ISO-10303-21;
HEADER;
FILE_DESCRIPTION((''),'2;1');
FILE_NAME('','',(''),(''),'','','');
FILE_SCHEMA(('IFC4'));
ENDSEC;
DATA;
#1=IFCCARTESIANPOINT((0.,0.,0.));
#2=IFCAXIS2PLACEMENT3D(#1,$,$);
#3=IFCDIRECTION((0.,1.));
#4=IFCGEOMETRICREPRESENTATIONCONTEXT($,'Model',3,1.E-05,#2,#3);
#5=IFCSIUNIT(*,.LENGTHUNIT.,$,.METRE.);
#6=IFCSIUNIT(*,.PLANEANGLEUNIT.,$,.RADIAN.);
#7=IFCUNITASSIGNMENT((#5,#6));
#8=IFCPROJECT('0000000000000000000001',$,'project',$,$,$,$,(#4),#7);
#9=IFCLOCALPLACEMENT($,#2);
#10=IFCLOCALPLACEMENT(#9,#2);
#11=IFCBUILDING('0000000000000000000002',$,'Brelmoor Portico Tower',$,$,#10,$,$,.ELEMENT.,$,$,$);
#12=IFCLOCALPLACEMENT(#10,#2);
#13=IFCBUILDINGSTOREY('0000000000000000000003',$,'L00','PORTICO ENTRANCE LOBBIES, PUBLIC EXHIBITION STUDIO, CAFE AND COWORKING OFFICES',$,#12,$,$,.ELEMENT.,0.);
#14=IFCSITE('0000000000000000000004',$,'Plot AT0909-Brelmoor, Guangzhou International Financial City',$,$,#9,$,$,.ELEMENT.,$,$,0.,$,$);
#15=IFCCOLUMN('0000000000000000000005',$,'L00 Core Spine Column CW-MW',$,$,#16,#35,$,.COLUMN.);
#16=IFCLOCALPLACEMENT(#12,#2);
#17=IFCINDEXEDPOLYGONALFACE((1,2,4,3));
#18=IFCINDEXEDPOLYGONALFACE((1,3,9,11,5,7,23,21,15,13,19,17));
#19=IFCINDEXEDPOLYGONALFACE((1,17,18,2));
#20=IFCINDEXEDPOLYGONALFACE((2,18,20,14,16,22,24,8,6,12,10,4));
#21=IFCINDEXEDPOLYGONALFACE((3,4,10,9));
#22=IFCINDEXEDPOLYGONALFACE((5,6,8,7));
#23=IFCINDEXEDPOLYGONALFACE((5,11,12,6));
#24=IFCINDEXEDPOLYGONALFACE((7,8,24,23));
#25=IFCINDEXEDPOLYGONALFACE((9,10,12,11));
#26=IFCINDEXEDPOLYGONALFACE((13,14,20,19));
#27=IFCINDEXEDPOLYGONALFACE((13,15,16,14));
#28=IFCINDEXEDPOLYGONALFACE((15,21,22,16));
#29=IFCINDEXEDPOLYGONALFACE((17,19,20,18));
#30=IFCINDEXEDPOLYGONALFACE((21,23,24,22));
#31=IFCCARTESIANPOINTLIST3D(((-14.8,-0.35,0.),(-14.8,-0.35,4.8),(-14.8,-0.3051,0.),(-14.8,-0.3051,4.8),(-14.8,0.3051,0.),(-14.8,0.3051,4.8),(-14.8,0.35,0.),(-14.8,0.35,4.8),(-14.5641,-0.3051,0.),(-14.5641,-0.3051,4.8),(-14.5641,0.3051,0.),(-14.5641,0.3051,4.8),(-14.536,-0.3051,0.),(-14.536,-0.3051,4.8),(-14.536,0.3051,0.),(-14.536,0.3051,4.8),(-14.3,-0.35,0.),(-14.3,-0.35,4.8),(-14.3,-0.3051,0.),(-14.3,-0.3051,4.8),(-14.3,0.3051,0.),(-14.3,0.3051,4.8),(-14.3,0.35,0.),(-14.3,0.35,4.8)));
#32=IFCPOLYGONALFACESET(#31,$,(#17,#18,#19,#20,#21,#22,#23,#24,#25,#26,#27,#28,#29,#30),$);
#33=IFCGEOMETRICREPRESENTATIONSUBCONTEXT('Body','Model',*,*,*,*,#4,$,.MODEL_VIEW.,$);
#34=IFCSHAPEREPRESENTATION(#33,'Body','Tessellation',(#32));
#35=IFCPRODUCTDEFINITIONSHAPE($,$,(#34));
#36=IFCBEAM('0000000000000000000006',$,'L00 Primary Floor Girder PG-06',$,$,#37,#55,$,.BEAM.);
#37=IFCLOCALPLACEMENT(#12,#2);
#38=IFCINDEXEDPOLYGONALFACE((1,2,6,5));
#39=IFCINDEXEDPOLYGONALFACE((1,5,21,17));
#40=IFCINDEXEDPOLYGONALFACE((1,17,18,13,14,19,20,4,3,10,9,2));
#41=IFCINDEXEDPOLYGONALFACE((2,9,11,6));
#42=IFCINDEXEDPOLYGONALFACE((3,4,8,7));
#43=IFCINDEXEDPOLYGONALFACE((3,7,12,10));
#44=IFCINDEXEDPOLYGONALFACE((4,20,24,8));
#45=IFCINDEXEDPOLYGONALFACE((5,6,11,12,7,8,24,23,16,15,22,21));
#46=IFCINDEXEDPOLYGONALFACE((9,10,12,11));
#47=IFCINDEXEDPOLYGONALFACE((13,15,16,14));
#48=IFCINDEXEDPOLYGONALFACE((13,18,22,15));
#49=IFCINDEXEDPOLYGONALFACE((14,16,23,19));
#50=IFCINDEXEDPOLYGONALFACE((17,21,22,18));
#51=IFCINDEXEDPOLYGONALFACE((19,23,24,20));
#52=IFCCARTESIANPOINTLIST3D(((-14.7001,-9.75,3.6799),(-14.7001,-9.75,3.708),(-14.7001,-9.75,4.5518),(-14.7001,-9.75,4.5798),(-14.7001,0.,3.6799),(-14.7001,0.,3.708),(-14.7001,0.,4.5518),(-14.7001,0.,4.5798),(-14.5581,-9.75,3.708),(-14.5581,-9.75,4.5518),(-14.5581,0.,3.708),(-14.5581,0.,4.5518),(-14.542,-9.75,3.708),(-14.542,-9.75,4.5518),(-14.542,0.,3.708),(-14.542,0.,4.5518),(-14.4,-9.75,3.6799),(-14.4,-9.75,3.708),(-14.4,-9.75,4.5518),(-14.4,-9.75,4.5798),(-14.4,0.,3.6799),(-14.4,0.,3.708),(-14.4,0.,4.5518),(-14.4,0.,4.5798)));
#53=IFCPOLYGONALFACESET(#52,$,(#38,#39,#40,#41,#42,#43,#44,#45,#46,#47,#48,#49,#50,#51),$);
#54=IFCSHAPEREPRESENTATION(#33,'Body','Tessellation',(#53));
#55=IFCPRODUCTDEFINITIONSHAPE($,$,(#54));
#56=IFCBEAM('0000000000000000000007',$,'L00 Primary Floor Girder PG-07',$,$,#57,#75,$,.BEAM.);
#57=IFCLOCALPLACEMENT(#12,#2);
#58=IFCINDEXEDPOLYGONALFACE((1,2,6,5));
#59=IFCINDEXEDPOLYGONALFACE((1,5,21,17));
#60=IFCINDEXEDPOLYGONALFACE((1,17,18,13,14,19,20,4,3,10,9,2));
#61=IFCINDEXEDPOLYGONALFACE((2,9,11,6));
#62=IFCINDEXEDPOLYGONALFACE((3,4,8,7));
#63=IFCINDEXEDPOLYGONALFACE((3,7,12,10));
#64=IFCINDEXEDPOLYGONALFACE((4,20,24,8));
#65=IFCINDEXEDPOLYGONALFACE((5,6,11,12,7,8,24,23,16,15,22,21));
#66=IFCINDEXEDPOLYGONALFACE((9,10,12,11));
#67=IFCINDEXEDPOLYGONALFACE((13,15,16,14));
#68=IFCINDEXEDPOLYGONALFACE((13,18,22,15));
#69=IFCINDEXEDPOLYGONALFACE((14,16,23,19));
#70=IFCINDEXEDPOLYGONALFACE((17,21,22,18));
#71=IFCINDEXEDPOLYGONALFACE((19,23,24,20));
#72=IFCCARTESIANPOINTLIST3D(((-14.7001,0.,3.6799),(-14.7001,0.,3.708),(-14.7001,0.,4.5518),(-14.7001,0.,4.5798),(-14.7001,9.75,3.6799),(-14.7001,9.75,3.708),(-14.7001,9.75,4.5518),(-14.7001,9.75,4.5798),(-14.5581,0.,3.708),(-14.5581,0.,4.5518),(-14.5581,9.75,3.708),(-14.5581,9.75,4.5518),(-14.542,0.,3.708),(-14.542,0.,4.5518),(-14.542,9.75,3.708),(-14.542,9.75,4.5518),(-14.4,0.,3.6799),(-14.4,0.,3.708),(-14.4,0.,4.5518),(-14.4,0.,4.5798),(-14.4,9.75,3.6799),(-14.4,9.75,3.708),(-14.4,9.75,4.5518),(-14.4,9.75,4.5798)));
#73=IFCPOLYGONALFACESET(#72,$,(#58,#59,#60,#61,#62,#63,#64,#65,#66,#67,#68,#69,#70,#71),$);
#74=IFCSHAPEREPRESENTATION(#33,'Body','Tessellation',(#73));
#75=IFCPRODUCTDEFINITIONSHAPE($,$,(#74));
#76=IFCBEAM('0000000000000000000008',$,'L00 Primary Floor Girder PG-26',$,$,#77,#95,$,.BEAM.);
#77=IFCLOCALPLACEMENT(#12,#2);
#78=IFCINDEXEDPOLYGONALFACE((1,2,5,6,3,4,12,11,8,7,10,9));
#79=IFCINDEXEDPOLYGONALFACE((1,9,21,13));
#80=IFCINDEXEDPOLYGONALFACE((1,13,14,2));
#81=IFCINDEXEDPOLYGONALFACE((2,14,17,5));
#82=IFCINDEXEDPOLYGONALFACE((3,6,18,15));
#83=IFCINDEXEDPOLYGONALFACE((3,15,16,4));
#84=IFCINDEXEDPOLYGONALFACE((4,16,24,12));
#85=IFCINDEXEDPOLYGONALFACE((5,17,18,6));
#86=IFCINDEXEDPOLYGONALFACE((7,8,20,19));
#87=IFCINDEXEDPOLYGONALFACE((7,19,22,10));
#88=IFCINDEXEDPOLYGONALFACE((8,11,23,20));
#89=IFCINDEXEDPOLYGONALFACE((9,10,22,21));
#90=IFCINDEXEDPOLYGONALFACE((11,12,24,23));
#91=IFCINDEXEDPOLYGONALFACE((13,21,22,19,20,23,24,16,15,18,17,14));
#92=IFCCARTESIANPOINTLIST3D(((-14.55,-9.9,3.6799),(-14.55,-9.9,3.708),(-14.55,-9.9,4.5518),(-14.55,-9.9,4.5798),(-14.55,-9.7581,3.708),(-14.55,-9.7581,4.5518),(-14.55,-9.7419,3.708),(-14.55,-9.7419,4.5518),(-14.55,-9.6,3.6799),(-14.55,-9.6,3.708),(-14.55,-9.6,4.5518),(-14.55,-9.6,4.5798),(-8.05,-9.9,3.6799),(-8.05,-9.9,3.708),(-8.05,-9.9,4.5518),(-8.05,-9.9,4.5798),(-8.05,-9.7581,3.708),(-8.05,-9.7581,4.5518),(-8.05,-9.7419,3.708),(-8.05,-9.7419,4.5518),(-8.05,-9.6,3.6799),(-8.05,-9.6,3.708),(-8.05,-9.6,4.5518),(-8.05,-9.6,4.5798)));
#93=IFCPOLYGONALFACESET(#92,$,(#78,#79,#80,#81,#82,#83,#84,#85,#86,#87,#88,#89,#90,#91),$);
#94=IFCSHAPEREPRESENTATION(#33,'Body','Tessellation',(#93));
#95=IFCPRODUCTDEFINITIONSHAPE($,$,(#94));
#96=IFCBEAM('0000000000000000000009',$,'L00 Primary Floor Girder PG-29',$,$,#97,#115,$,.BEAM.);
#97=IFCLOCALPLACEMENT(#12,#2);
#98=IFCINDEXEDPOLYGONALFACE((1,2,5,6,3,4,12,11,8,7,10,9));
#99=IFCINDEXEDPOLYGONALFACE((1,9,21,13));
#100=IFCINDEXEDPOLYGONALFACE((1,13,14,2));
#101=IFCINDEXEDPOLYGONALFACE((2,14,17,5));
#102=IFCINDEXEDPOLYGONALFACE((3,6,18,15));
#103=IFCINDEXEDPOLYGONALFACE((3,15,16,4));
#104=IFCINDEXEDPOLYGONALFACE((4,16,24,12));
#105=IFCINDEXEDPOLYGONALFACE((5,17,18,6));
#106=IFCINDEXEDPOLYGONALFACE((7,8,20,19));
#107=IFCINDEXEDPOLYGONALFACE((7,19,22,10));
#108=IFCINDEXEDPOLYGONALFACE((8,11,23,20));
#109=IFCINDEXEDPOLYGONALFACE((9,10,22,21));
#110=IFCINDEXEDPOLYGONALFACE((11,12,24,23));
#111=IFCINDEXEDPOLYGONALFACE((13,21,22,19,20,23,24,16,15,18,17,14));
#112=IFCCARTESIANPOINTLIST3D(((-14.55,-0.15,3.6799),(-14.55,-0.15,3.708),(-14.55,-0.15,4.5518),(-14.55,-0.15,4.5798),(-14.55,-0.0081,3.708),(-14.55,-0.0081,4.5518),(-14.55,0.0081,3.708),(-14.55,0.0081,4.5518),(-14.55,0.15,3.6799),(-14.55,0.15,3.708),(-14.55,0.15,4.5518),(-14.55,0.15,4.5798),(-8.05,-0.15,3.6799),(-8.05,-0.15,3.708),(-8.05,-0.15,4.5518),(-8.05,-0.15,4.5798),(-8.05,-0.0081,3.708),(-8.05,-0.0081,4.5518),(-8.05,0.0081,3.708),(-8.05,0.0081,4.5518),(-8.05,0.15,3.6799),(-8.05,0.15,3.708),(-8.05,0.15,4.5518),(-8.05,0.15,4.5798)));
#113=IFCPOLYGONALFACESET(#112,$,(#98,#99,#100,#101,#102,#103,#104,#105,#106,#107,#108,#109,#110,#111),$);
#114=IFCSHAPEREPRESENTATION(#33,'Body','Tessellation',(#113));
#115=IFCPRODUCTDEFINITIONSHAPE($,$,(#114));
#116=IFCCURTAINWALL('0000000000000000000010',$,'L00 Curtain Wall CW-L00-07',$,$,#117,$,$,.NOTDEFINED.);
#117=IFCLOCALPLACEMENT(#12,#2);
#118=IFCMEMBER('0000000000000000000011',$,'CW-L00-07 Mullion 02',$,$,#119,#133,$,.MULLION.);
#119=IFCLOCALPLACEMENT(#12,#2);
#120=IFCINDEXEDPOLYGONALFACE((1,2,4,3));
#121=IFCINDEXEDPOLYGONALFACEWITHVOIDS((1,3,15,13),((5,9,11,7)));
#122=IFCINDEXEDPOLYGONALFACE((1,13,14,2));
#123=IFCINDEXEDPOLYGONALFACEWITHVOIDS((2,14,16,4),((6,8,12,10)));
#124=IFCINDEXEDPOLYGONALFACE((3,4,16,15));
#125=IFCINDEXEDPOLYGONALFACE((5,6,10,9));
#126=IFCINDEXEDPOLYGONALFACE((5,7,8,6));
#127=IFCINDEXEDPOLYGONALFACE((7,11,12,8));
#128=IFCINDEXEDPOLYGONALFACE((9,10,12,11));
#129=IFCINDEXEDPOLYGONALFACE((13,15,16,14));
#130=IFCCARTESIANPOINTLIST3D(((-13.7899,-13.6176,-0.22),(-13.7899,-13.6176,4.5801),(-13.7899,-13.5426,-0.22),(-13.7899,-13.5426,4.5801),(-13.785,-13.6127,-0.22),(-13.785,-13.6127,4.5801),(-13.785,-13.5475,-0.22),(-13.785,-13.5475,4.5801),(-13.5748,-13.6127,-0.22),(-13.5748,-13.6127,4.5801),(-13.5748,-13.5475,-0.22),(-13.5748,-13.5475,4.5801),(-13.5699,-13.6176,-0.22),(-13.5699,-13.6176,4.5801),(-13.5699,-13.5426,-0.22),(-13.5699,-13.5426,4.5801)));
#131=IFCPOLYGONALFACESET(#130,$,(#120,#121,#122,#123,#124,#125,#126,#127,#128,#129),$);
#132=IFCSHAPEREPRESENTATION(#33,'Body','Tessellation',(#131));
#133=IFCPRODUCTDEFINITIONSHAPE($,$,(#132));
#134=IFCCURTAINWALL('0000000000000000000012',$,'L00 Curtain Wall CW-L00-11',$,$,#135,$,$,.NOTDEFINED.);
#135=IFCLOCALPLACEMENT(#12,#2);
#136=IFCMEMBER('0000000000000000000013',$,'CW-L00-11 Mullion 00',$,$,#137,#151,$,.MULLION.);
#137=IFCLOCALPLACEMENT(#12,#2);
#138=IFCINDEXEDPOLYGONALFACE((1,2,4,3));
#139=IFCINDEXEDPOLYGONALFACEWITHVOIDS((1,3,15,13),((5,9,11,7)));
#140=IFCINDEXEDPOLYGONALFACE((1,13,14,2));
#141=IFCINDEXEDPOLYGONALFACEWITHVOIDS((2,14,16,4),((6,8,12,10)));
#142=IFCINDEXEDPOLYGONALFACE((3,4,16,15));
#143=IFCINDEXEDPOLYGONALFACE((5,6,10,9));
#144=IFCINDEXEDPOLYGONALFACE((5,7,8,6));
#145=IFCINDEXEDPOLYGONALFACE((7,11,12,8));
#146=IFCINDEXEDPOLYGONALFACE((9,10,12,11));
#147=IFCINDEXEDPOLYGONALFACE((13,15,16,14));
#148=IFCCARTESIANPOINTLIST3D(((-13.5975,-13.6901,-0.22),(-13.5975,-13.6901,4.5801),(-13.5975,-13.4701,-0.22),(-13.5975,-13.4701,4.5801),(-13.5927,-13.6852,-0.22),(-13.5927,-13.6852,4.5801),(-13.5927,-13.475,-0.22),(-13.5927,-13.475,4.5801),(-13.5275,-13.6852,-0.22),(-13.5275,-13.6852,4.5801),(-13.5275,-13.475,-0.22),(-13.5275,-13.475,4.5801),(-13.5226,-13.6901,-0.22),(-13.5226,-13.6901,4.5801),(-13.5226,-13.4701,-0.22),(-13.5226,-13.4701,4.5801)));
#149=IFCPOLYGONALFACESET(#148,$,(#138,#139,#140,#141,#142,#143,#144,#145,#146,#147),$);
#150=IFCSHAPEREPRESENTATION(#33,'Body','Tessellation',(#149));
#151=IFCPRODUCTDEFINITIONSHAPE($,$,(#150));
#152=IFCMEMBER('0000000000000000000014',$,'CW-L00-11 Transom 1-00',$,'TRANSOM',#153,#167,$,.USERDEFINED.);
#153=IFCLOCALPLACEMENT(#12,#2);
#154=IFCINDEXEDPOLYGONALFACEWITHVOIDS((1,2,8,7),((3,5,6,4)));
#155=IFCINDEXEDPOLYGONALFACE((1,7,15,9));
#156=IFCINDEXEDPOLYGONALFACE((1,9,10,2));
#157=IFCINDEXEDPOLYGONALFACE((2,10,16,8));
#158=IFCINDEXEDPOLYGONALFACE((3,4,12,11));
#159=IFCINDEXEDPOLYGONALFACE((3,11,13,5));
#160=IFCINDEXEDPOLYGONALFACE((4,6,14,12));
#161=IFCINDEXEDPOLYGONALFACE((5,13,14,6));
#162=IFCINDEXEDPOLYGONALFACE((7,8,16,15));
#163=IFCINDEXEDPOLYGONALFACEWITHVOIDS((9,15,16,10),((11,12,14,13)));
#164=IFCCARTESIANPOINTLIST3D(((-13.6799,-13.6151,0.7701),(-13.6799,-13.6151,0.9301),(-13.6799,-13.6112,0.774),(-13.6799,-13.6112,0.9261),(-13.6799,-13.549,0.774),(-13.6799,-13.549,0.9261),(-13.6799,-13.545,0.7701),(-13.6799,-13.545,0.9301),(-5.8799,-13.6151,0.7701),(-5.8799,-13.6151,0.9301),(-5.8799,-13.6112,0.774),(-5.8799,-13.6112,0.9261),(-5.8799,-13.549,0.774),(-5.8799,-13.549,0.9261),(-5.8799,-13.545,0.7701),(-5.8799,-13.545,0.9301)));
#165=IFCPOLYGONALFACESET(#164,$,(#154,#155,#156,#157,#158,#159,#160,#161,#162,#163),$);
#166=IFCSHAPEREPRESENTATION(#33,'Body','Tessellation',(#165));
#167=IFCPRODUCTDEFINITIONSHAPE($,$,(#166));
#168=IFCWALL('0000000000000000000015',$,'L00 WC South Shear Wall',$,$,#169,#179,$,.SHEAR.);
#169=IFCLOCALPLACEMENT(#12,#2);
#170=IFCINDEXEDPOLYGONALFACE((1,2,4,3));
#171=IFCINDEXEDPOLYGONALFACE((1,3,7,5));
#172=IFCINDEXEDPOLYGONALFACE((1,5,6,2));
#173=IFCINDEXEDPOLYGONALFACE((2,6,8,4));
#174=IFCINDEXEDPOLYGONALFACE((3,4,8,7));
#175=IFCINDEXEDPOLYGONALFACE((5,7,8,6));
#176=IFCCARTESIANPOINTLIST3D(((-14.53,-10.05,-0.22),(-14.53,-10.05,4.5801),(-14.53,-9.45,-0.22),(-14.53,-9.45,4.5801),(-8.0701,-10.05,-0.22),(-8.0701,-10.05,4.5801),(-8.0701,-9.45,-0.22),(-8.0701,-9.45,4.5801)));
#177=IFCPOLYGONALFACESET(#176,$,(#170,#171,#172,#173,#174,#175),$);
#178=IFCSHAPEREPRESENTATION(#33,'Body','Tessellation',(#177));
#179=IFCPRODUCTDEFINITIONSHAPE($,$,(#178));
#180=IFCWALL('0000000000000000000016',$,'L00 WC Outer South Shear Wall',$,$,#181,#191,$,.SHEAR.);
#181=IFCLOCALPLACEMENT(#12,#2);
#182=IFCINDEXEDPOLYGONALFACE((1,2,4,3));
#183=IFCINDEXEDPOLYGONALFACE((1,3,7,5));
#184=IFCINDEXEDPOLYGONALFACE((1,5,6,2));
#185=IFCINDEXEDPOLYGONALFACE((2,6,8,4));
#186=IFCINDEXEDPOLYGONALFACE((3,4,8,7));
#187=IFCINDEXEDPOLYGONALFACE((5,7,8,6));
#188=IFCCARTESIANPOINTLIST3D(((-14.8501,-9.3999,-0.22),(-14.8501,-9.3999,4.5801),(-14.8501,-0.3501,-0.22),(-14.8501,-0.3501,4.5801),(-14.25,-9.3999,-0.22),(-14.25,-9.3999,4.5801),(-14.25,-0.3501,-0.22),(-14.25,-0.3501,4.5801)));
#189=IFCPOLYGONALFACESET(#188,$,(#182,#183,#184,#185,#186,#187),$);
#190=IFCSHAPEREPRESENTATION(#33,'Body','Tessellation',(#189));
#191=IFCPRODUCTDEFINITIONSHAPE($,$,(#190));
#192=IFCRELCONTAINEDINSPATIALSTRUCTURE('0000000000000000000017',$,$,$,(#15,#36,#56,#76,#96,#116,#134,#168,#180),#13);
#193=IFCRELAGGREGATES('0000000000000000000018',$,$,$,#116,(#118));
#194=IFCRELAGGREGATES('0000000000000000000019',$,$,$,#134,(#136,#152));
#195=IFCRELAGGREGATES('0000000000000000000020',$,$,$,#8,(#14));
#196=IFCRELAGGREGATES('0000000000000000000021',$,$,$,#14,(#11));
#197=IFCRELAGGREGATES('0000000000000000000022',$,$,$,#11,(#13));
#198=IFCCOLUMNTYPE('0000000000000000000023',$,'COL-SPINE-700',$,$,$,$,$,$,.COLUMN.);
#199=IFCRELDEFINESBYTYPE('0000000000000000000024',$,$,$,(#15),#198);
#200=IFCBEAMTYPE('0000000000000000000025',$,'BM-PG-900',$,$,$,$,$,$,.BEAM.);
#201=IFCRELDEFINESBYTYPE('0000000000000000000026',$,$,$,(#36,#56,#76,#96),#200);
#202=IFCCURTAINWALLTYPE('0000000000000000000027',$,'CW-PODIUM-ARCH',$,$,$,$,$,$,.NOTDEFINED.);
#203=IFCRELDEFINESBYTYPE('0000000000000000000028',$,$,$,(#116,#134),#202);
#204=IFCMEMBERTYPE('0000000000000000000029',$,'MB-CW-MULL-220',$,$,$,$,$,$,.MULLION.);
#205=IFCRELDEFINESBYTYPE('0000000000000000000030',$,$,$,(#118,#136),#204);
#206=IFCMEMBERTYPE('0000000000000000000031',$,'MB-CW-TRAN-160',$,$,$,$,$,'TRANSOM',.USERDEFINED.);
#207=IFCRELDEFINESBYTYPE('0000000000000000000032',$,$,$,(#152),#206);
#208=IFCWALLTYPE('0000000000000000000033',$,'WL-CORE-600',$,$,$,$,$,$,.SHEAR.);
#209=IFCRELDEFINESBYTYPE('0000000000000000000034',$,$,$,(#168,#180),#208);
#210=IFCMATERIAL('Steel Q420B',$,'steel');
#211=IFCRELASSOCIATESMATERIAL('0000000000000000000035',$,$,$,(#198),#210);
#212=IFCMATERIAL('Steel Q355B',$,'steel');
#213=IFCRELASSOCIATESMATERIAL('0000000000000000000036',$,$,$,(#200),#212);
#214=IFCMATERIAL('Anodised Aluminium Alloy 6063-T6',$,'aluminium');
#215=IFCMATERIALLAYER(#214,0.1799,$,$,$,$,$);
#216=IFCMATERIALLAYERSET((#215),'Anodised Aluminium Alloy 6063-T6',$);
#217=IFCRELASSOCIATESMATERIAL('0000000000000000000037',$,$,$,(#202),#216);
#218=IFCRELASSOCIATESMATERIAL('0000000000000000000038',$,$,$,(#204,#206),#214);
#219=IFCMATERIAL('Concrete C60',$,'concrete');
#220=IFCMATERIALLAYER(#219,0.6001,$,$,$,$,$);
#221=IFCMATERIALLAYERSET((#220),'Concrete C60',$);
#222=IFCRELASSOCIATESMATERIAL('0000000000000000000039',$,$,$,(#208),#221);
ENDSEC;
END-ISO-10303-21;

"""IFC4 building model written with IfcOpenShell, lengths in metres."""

from ifc_helpers import new_model, si_unit, direction, frame, frame_2d, origin, origin_2d, place, context, subcontext, project, spatial, rectangle, hollow_rectangle, i_section, extrude, material, layer, layer_set, material_profile, profile_set, type_object, element, aggregate, save


model = new_model("IFC4")

# Units and contexts
model_context = context("Model", 3, precision=1e-05, world=origin(), true_north=direction((0.0, 1.0)))
body_context = subcontext(model_context, "Body", "Model", "MODEL_VIEW")
ifc_project = project(units=[si_unit("LENGTHUNIT", "METRE"), si_unit("PLANEANGLEUNIT", "RADIAN")], contexts=[model_context])

# Site, building, storey
site_placement = place(None, origin())
site = spatial("IfcSite", under=ifc_project, at=site_placement, Name="Plot AT0909-Brelmoor, Guangzhou International Financial City", CompositionType="ELEMENT", RefElevation=0.0)
building_placement = place(site_placement, origin())
building = spatial("IfcBuilding", under=site, at=building_placement, Name="Brelmoor Portico Tower", CompositionType="ELEMENT")
storey_placement = place(building_placement, origin())
storey = spatial("IfcBuildingStorey", under=building, at=storey_placement, Name="L00", Description="PORTICO ENTRANCE LOBBIES, PUBLIC EXHIBITION STUDIO, CAFE AND COWORKING OFFICES", CompositionType="ELEMENT", Elevation=0.0)

# Column
ifc_material_1 = material(Name="Steel Q420B", Category="steel")
ifc_material_profile_1 = material_profile(ifc_material_1, i_section(OverallWidth=0.5, OverallDepth=0.7, WebThickness=0.0281, FlangeThickness=0.0449, at=origin_2d()), Name="HW 700x500x28x45")
ifc_profile_set_1 = profile_set([ifc_material_profile_1], Name="Steel Q420B")
column_type = type_object("IfcColumnType", Name="COL-SPINE-700", PredefinedType="COLUMN", material=ifc_profile_set_1)
column_placement = place(storey_placement, frame((-14.55, 0.0, 0.0), z_axis=(0.0, 0.0, 1.0), x_axis=(1.0, 0.0, 0.0)))
element("IfcColumn", 1, at=column_placement, inside=storey, type_object=column_type, Name="L00 Core Spine Column CW-MW", PredefinedType="COLUMN", context=body_context, shape_type="SweptSolid", body=[
    extrude(i_section(OverallWidth=0.5, OverallDepth=0.7, WebThickness=0.0281, FlangeThickness=0.0449, at=origin_2d()), origin(), (0.0, 0.0, 1.0), 4.8),
])

# Beams
ifc_material_2 = material(Name="Steel Q355B", Category="steel")
ifc_material_profile_2 = material_profile(ifc_material_2, i_section(OverallWidth=0.3, OverallDepth=0.8999, WebThickness=0.0161, FlangeThickness=0.0281, at=origin_2d()), Name="HN 900x300x16x28")
ifc_profile_set_2 = profile_set([ifc_material_profile_2], Name="Steel Q355B")
beam_type = type_object("IfcBeamType", Name="BM-PG-900", PredefinedType="BEAM", material=ifc_profile_set_2)
for number, where, z_axis, x_axis, name in (
    (2, (-14.55, -9.75, 4.1299), (0.0, 1.0, 0.0), (-1.0, 0.0, 0.0), "L00 Primary Floor Girder PG-06"),
    (3, (-14.55, 0.0, 4.1299), (0.0, 1.0, 0.0), (-1.0, 0.0, 0.0), "L00 Primary Floor Girder PG-07"),
):
    element("IfcBeam", number, at=place(storey_placement, frame(where, z_axis=z_axis, x_axis=x_axis)), inside=storey, type_object=beam_type, Name=name, PredefinedType="BEAM", context=body_context, shape_type="SweptSolid", body=[
        extrude(i_section(OverallWidth=0.3, OverallDepth=0.8999, WebThickness=0.0161, FlangeThickness=0.0281, at=origin_2d()), origin(), (0.0, 0.0, 1.0), 9.75),
    ])
for number, where, z_axis, x_axis, name in (
    (4, (-14.55, -9.75, 4.1299), (1.0, 0.0, 0.0), (0.0, 1.0, 0.0), "L00 Primary Floor Girder PG-26"),
    (5, (-14.55, 0.0, 4.1299), (1.0, 0.0, 0.0), (0.0, 1.0, 0.0), "L00 Primary Floor Girder PG-29"),
):
    element("IfcBeam", number, at=place(storey_placement, frame(where, z_axis=z_axis, x_axis=x_axis)), inside=storey, type_object=beam_type, Name=name, PredefinedType="BEAM", context=body_context, shape_type="SweptSolid", body=[
        extrude(i_section(OverallWidth=0.3, OverallDepth=0.8999, WebThickness=0.0161, FlangeThickness=0.0281, at=origin_2d()), origin(), (0.0, 0.0, 1.0), 6.5),
    ])

# Curtain wall, member
ifc_material_3 = material(Name="Anodised Aluminium Alloy 6063-T6", Category="aluminium")
ifc_layer_1 = layer(ifc_material_3, 0.1799)
ifc_layer_set_1 = layer_set([ifc_layer_1], Name="Anodised Aluminium Alloy 6063-T6")
curtain_wall_type = type_object("IfcCurtainWallType", Name="CW-PODIUM-ARCH", PredefinedType="NOTDEFINED", material=ifc_layer_set_1)
curtain_wall_1_placement = place(storey_placement, origin())
curtain_wall_1 = element("IfcCurtainWall", 6, at=curtain_wall_1_placement, inside=storey, type_object=curtain_wall_type, Name="L00 Curtain Wall CW-L00-07", PredefinedType="NOTDEFINED")
ifc_material_profile_3 = material_profile(ifc_material_3, hollow_rectangle(XDim=0.075, YDim=0.22, WallThickness=0.0049, at=origin_2d()), Name="ALU MULLION 75x220")
ifc_profile_set_3 = profile_set([ifc_material_profile_3], Name="Anodised Aluminium Alloy 6063-T6")
member_type_1 = type_object("IfcMemberType", Name="MB-CW-MULL-220", PredefinedType="MULLION", material=ifc_profile_set_3)
member_1_placement = place(storey_placement, frame((-13.6799, -13.5801, -0.22), z_axis=(0.0, 0.0, 1.0), x_axis=(0.0, 1.0, 0.0)))
member_1 = element("IfcMember", 7, at=member_1_placement, type_object=member_type_1, Name="CW-L00-07 Mullion 02", PredefinedType="MULLION", context=body_context, shape_type="SweptSolid", body=[
    extrude(hollow_rectangle(XDim=0.075, YDim=0.22, WallThickness=0.0049, at=origin_2d()), origin(), (0.0, 0.0, 1.0), 4.8),
])
aggregate(curtain_wall_1, [member_1])

# Curtain wall, members
curtain_wall_2_placement = place(storey_placement, origin())
curtain_wall_2 = element("IfcCurtainWall", 8, at=curtain_wall_2_placement, inside=storey, type_object=curtain_wall_type, Name="L00 Curtain Wall CW-L00-11", PredefinedType="NOTDEFINED")
member_2_placement = place(storey_placement, frame((-13.5601, -13.5801, -0.22), z_axis=(0.0, 0.0, 1.0), x_axis=(1.0, 0.0, 0.0)))
member_2 = element("IfcMember", 9, at=member_2_placement, type_object=member_type_1, Name="CW-L00-11 Mullion 00", PredefinedType="MULLION", context=body_context, shape_type="SweptSolid", body=[
    extrude(hollow_rectangle(XDim=0.075, YDim=0.22, WallThickness=0.0049, at=origin_2d()), origin(), (0.0, 0.0, 1.0), 4.8),
])
ifc_material_profile_4 = material_profile(ifc_material_3, hollow_rectangle(XDim=0.0701, YDim=0.1599, WallThickness=0.0039, at=origin_2d()), Name="ALU TRANSOM 70x160")
ifc_profile_set_4 = profile_set([ifc_material_profile_4], Name="Anodised Aluminium Alloy 6063-T6")
member_type_2 = type_object("IfcMemberType", Name="MB-CW-TRAN-160", ElementType="TRANSOM", PredefinedType="USERDEFINED", material=ifc_profile_set_4)
member_3_placement = place(storey_placement, frame((-13.6799, -13.5801, 0.8501), z_axis=(1.0, 0.0, 0.0), x_axis=(0.0, 1.0, 0.0)))
member_3 = element("IfcMember", 10, at=member_3_placement, type_object=member_type_2, Name="CW-L00-11 Transom 1-00", ObjectType="TRANSOM", PredefinedType="USERDEFINED", context=body_context, shape_type="SweptSolid", body=[
    extrude(hollow_rectangle(XDim=0.0701, YDim=0.1599, WallThickness=0.0039, at=origin_2d()), origin(), (0.0, 0.0, 1.0), 7.8),
])
aggregate(curtain_wall_2, [member_2, member_3])

# Walls
ifc_material_4 = material(Name="Concrete C60", Category="concrete")
ifc_layer_2 = layer(ifc_material_4, 0.6001)
ifc_layer_set_2 = layer_set([ifc_layer_2], Name="Concrete C60")
wall_type_1 = type_object("IfcWallType", Name="WL-CORE-600", PredefinedType="SHEAR", material=ifc_layer_set_2)
wall_1_placement = place(storey_placement, frame((-14.53, -9.75, -0.22), z_axis=(0.0, 0.0, 1.0), x_axis=(1.0, 0.0, 0.0)))
element("IfcWall", 11, at=wall_1_placement, inside=storey, type_object=wall_type_1, Name="L00 WC South Shear Wall", PredefinedType="SHEAR", context=body_context, shape_type="SweptSolid", body=[
    extrude(rectangle(XDim=6.46, YDim=0.6001, at=frame_2d((3.23, 0.0))), origin(), (0.0, 0.0, 1.0), 4.8),
])
wall_2_placement = place(storey_placement, frame((-14.55, -9.3999, -0.22), z_axis=(0.0, 0.0, 1.0), x_axis=(0.0, 1.0, 0.0)))
element("IfcWall", 12, at=wall_2_placement, inside=storey, type_object=wall_type_1, Name="L00 WC Outer South Shear Wall", PredefinedType="SHEAR", context=body_context, shape_type="SweptSolid", body=[
    extrude(rectangle(XDim=9.0498, YDim=0.6001, at=frame_2d((4.5249, 0.0))), origin(), (0.0, 0.0, 1.0), 4.8),
])

save(model, "model.ifc")
